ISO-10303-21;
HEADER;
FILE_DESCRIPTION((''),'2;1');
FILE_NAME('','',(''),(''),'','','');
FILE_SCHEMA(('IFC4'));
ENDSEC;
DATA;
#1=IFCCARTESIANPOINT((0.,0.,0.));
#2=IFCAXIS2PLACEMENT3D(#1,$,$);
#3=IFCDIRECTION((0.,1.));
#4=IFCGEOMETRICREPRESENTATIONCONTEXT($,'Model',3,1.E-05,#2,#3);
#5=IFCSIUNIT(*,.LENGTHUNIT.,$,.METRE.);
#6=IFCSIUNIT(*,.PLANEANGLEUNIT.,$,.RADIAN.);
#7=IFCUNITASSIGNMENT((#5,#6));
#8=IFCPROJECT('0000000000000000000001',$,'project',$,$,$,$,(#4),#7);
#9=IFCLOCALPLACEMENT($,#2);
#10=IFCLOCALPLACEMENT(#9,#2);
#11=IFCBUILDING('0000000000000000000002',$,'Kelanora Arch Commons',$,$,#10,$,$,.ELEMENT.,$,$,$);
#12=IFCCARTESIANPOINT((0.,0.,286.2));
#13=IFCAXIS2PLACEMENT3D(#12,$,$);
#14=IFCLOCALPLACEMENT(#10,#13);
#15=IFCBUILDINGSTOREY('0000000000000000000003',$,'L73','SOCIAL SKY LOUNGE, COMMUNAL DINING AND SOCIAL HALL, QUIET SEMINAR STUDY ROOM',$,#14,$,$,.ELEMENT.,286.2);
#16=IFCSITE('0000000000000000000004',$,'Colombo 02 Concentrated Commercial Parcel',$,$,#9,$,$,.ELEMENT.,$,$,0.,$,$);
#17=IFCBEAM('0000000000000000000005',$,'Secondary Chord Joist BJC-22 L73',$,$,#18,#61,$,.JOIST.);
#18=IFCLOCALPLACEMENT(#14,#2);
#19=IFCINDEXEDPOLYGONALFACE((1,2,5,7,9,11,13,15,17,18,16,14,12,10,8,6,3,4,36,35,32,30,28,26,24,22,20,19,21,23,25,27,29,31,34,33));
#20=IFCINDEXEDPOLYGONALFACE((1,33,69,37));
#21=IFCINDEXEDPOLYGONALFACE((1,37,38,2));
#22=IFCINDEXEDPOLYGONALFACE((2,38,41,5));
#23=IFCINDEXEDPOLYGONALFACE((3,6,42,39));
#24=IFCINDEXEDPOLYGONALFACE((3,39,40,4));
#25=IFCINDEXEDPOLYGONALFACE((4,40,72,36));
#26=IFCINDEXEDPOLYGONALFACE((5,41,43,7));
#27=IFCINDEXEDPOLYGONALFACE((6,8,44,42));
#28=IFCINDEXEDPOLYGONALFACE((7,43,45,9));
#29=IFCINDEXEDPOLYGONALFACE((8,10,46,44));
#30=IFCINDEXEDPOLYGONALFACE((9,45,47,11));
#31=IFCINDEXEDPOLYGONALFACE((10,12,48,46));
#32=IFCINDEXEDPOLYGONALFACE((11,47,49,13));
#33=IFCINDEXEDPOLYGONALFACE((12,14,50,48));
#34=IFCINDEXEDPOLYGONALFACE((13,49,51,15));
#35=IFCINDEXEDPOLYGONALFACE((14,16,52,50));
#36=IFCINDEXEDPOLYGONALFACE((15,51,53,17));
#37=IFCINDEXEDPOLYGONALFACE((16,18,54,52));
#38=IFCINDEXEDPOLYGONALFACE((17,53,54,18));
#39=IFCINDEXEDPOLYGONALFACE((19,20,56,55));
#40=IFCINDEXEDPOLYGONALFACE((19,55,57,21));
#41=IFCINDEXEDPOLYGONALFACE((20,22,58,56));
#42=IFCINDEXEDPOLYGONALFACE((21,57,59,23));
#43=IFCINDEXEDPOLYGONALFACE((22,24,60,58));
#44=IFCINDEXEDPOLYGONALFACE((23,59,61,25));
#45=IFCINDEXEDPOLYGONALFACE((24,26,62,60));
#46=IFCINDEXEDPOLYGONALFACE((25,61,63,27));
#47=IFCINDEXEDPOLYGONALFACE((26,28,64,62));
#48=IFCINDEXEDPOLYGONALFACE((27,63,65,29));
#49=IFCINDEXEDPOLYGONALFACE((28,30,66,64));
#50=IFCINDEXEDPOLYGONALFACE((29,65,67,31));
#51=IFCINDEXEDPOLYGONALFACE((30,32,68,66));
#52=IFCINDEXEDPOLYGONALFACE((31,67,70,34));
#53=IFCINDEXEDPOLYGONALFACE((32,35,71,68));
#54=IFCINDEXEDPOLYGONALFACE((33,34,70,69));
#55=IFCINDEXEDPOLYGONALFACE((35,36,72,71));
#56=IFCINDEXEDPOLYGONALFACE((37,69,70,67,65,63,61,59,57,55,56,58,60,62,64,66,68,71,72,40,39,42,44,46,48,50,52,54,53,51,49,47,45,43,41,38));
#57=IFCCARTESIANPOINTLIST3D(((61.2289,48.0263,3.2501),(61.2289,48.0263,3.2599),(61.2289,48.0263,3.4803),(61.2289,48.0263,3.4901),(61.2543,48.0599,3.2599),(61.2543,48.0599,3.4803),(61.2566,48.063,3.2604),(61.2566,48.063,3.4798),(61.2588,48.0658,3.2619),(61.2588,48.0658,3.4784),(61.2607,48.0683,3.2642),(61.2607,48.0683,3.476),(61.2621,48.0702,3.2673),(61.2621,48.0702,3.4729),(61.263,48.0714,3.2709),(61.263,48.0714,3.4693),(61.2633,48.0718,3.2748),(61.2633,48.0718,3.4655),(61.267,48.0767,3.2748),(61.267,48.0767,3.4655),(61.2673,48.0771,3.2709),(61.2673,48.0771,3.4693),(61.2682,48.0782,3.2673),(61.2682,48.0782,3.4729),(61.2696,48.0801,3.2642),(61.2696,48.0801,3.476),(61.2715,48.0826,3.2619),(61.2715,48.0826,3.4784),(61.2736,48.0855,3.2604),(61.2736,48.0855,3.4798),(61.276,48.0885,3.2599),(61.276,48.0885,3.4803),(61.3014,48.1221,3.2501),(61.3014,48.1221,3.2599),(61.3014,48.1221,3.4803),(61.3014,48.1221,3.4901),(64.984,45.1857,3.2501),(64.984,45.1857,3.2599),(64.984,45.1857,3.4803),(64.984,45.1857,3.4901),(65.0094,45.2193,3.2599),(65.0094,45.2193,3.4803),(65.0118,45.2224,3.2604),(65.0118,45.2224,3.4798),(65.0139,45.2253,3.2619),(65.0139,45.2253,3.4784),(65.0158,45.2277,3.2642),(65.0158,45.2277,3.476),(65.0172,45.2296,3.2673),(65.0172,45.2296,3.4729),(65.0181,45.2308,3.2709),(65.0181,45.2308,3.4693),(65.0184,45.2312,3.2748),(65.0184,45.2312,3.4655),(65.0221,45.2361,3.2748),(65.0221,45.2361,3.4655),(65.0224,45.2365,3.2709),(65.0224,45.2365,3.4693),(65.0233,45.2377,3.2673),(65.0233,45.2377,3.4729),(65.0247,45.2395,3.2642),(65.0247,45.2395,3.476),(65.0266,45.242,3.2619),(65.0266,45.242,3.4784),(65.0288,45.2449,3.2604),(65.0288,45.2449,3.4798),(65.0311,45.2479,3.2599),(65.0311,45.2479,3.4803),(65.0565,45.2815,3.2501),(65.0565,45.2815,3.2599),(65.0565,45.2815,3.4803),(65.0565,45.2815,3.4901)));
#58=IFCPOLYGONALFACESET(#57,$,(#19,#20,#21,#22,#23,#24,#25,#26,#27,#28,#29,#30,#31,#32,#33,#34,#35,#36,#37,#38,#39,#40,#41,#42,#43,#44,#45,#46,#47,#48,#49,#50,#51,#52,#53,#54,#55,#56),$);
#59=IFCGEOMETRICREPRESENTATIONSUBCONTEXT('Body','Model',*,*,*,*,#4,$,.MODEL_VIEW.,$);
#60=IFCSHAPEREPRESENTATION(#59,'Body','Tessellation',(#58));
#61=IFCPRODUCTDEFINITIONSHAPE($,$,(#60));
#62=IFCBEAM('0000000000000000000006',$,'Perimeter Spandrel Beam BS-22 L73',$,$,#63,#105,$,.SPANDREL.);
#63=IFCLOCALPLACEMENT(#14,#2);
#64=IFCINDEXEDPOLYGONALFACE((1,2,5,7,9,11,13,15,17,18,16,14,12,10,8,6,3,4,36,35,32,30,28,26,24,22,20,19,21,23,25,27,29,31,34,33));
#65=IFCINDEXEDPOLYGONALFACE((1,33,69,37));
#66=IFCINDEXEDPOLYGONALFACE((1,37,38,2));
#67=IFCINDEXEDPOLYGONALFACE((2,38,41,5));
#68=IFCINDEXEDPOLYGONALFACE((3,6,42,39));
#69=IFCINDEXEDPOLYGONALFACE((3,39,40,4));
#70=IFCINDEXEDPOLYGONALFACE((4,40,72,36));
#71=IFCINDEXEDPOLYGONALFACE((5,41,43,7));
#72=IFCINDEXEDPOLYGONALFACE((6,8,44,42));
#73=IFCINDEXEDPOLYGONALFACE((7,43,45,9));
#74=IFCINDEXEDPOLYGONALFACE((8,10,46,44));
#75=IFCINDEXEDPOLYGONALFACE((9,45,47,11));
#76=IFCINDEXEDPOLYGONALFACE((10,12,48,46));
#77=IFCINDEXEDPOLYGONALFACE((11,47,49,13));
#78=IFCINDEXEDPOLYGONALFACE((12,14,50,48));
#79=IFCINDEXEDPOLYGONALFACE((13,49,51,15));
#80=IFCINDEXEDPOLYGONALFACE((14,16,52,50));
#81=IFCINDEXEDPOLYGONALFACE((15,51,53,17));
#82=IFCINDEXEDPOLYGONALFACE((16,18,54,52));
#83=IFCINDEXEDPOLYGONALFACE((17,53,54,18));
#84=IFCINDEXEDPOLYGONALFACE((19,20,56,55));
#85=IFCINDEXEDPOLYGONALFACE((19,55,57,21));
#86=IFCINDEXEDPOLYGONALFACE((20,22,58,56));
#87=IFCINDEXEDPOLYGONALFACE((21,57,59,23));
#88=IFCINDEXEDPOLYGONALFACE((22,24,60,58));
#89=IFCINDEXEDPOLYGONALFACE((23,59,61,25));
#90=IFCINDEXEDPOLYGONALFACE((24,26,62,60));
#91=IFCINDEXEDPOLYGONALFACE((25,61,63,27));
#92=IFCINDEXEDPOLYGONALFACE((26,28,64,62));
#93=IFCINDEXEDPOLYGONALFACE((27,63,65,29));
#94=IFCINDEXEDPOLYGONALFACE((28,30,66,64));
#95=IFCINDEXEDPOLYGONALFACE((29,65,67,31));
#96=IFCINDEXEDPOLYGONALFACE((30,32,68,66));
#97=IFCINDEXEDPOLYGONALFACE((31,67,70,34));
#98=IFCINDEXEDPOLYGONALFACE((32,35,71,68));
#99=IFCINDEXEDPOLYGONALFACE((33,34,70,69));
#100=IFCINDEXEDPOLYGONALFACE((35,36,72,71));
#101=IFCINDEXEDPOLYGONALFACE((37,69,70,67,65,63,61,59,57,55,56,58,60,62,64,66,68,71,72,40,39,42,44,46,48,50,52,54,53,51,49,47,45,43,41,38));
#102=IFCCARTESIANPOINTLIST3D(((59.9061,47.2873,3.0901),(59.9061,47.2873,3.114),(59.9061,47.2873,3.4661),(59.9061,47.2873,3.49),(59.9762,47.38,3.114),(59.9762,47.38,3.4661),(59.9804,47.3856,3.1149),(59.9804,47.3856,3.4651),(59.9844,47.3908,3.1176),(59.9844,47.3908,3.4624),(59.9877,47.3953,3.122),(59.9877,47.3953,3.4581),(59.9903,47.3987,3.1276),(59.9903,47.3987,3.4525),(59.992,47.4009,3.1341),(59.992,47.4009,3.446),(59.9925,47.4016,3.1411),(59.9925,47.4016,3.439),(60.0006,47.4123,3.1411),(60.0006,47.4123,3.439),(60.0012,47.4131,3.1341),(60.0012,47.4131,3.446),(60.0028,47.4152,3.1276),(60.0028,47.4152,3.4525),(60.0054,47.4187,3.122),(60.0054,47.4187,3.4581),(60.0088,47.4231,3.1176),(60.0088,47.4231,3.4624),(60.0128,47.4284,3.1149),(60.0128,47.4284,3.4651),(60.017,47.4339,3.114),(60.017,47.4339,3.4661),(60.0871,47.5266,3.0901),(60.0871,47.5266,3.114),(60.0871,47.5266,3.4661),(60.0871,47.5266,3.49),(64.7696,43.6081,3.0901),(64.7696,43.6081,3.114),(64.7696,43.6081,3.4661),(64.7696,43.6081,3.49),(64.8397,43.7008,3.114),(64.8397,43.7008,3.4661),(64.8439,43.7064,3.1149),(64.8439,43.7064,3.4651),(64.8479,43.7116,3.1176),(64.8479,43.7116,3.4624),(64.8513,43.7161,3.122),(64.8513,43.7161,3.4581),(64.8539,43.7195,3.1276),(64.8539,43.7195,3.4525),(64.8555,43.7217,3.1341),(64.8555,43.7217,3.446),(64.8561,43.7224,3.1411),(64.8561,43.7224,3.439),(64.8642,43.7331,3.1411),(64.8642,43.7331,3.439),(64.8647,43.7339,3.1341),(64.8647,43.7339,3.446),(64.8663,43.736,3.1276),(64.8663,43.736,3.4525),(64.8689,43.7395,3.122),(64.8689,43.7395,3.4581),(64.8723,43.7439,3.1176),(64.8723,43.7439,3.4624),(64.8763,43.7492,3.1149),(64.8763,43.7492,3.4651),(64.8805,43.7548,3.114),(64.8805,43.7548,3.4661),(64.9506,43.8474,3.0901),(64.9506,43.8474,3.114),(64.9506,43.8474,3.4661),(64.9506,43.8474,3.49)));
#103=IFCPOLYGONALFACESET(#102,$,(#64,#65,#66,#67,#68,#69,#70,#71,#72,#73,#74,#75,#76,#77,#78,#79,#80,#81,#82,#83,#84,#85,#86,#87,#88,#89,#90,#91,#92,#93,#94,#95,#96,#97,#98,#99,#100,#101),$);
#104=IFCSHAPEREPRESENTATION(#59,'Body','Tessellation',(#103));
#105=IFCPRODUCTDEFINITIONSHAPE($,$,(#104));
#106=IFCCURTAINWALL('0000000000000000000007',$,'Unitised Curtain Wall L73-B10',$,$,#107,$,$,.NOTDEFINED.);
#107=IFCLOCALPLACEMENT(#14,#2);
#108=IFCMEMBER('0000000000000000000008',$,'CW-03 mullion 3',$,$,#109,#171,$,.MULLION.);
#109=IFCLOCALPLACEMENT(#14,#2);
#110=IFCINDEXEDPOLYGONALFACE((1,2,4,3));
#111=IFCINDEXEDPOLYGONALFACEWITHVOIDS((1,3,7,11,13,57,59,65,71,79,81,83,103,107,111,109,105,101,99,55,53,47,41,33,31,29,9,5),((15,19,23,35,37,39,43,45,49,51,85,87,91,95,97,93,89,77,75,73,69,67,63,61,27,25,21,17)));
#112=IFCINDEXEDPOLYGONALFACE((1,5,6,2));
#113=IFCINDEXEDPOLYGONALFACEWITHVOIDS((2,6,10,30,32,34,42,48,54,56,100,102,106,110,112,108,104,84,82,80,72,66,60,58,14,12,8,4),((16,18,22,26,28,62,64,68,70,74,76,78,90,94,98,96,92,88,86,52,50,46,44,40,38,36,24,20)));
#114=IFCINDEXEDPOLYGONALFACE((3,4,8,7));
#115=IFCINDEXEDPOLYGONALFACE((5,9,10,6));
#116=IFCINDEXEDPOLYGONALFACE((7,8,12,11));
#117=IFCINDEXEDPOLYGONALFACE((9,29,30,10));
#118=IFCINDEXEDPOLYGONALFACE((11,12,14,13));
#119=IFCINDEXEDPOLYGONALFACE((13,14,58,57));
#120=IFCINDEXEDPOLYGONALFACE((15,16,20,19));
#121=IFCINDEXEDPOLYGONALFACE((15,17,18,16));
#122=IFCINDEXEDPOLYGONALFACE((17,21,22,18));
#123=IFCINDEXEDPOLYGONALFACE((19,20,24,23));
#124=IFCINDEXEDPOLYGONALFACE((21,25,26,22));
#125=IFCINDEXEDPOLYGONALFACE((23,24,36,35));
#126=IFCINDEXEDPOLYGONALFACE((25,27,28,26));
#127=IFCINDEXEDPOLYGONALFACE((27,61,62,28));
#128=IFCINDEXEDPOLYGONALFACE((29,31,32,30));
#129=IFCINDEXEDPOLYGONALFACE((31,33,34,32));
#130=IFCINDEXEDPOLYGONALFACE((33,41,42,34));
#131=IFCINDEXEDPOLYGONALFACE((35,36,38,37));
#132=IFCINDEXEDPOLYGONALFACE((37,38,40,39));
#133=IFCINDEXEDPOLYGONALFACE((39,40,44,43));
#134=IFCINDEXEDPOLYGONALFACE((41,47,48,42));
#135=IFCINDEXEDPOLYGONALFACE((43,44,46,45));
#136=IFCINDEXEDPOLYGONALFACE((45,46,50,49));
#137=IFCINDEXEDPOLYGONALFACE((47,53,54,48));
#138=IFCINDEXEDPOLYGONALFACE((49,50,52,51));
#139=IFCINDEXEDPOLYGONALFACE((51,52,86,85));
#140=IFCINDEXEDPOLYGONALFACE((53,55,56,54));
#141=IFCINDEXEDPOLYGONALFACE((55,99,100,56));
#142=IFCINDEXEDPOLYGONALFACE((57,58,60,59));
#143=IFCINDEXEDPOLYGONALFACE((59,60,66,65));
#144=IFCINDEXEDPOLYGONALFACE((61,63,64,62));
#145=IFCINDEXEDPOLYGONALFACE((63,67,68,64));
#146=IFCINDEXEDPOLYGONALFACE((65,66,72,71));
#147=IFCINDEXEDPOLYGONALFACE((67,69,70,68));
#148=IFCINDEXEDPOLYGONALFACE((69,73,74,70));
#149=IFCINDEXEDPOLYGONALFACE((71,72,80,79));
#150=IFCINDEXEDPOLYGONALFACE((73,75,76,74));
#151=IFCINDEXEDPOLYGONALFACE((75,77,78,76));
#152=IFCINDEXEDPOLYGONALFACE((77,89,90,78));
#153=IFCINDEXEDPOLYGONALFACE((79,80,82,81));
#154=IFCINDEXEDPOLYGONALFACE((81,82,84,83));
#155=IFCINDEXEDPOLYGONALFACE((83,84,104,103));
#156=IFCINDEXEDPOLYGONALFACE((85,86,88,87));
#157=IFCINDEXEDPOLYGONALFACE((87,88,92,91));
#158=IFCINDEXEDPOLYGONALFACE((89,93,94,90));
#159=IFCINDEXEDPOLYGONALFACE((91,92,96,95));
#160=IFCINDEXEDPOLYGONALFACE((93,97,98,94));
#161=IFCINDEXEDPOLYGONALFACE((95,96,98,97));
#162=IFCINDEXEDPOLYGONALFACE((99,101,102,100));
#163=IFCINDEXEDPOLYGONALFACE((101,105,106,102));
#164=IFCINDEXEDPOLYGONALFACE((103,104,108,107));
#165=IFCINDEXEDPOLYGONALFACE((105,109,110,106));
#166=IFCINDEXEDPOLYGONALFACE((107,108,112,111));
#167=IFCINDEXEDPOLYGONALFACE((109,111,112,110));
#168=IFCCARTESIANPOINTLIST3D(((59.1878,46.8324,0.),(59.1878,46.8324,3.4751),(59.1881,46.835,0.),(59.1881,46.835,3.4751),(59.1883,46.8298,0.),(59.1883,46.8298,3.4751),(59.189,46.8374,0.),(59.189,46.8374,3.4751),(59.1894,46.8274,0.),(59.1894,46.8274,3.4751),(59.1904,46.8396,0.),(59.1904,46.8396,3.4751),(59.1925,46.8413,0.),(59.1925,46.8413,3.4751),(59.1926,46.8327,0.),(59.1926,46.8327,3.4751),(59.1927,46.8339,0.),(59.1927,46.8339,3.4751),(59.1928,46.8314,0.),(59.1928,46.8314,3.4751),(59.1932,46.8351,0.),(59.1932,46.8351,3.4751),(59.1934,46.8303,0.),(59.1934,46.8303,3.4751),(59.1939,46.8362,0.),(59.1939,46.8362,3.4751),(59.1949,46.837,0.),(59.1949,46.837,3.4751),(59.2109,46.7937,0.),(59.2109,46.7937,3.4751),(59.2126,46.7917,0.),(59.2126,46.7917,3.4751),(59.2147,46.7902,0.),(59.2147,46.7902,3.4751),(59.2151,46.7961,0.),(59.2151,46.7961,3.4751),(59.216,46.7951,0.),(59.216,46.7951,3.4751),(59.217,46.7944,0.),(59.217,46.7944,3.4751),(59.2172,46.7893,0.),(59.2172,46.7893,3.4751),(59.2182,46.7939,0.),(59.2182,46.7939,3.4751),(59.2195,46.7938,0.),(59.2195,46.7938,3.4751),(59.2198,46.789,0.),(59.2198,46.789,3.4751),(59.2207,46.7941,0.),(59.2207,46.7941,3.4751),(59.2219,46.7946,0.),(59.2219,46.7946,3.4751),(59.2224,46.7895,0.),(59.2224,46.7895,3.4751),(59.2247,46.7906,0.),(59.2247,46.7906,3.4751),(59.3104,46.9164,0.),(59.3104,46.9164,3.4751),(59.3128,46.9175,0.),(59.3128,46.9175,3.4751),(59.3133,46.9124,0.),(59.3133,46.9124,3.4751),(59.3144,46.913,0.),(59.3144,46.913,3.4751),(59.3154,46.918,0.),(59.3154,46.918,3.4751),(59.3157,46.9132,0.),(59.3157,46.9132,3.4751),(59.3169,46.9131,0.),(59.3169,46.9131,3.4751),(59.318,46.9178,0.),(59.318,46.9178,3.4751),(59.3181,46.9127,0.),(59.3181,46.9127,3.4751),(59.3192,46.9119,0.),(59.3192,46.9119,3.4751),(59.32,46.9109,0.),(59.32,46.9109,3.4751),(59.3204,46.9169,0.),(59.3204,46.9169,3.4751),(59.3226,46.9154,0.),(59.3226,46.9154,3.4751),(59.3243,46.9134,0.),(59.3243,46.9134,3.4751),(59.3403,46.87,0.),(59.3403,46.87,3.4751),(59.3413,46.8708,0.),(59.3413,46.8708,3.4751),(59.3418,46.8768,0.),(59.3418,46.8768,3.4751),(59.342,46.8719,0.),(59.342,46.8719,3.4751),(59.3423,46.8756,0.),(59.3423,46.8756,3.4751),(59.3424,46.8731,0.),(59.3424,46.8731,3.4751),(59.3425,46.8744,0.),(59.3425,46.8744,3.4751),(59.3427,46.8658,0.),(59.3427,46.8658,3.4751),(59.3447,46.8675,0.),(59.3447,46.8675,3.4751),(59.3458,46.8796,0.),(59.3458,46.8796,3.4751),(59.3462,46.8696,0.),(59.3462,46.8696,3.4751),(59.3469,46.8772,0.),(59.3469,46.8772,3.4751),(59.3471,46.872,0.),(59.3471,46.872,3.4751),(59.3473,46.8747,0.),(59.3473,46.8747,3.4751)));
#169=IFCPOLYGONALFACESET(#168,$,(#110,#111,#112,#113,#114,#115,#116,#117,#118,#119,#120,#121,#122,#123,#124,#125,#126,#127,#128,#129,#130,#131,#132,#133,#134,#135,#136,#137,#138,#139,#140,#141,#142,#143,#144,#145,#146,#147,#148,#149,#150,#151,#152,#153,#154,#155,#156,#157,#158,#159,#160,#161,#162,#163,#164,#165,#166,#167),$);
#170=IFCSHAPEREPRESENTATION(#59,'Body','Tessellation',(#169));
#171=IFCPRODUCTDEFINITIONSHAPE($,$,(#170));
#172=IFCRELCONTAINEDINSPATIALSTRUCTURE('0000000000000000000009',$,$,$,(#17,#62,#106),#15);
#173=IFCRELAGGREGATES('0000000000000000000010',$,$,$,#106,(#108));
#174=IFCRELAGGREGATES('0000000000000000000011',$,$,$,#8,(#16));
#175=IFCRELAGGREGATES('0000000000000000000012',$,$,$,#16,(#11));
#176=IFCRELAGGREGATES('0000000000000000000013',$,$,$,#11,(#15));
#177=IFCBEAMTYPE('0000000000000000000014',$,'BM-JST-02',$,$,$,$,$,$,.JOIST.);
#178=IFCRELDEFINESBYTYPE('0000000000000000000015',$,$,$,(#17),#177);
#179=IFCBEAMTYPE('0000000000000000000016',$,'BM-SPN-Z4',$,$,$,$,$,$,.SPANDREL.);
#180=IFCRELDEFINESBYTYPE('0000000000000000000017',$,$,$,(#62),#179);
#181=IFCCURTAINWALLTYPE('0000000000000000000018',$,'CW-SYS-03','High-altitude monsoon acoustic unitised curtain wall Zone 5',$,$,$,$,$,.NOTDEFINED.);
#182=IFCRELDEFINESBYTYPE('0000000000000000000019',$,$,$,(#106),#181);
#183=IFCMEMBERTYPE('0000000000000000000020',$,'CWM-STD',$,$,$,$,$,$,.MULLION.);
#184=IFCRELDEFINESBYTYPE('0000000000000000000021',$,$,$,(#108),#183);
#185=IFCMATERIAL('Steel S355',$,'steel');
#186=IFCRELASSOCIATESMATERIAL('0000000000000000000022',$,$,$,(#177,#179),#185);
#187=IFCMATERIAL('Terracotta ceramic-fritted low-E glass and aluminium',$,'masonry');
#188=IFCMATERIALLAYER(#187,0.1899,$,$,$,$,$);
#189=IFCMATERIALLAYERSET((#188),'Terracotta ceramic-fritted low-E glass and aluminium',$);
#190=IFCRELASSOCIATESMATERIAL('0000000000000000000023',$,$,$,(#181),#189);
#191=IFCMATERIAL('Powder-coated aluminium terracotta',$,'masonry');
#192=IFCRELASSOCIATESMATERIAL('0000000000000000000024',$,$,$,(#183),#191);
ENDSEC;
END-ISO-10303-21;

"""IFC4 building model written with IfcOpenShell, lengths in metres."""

from ifc_helpers import new_model, si_unit, direction, frame, origin, origin_2d, place, context, subcontext, project, spatial, hollow_rectangle, i_section, extrude, material, layer, layer_set, material_profile, profile_set, type_object, element, aggregate, save


model = new_model("IFC4")

# Units and contexts
model_context = context("Model", 3, precision=1e-05, world=origin(), true_north=direction((0.0, 1.0)))
body_context = subcontext(model_context, "Body", "Model", "MODEL_VIEW")
ifc_project = project(units=[si_unit("LENGTHUNIT", "METRE"), si_unit("PLANEANGLEUNIT", "RADIAN")], contexts=[model_context])

# Site, building, storey
site_placement = place(None, origin())
site = spatial("IfcSite", under=ifc_project, at=site_placement, Name="Colombo 02 Concentrated Commercial Parcel", CompositionType="ELEMENT", RefElevation=0.0)
building_placement = place(site_placement, origin())
building = spatial("IfcBuilding", under=site, at=building_placement, Name="Kelanora Arch Commons", CompositionType="ELEMENT")
storey_placement = place(building_placement, frame((0.0, 0.0, 286.2)))
storey = spatial("IfcBuildingStorey", under=building, at=storey_placement, Name="L73", Description="SOCIAL SKY LOUNGE, COMMUNAL DINING AND SOCIAL HALL, QUIET SEMINAR STUDY ROOM", CompositionType="ELEMENT", Elevation=286.2)

# Beams
ifc_material_1 = material(Name="Steel S355", Category="steel")
ifc_material_profile_1 = material_profile(ifc_material_1, i_section(OverallWidth=0.1201, OverallDepth=0.24, WebThickness=0.0061, FlangeThickness=0.0098, FilletRadius=0.0149, at=origin_2d()), Name="IPE240")
ifc_profile_set_1 = profile_set([ifc_material_profile_1], Name="Steel S355")
beam_type_1 = type_object("IfcBeamType", Name="BM-JST-02", PredefinedType="JOIST", material=ifc_profile_set_1)
beam_1_placement = place(storey_placement, frame((61.2651, 48.0742, 3.3701), z_axis=(0.797523, -0.603289, 0.0), x_axis=(0.603289, 0.797523, 0.0)))
element("IfcBeam", 1, at=beam_1_placement, inside=storey, type_object=beam_type_1, Name="Secondary Chord Joist BJC-22 L73", PredefinedType="JOIST", context=body_context, shape_type="SweptSolid", body=[
    extrude(i_section(OverallWidth=0.1201, OverallDepth=0.24, WebThickness=0.0061, FlangeThickness=0.0098, FilletRadius=0.0149, at=origin_2d()), origin(), (0.0, 0.0, 1.0), 4.7085),
])
ifc_material_profile_2 = material_profile(ifc_material_1, i_section(OverallWidth=0.3, OverallDepth=0.3999, WebThickness=0.0134, FlangeThickness=0.0239, FilletRadius=0.0271, at=origin_2d()), Name="HEB400")
ifc_profile_set_2 = profile_set([ifc_material_profile_2], Name="Steel S355")
beam_type_2 = type_object("IfcBeamType", Name="BM-SPN-Z4", PredefinedType="SPANDREL", material=ifc_profile_set_2)
beam_2_placement = place(storey_placement, frame((59.9966, 47.407, 3.29), z_axis=(0.797509, -0.603306, 0.0), x_axis=(0.603306, 0.797509, 0.0)))
element("IfcBeam", 2, at=beam_2_placement, inside=storey, type_object=beam_type_2, Name="Perimeter Spandrel Beam BS-22 L73", PredefinedType="SPANDREL", context=body_context, shape_type="SweptSolid", body=[
    extrude(i_section(OverallWidth=0.3, OverallDepth=0.3999, WebThickness=0.0134, FlangeThickness=0.0239, FilletRadius=0.0271, at=origin_2d()), origin(), (0.0, 0.0, 1.0), 6.0984),
])

# Curtain wall, member
ifc_material_2 = material(Name="Terracotta ceramic-fritted low-E glass and aluminium", Category="masonry")
ifc_layer_1 = layer(ifc_material_2, 0.1899)
ifc_layer_set_1 = layer_set([ifc_layer_1], Name="Terracotta ceramic-fritted low-E glass and aluminium")
curtain_wall_type = type_object("IfcCurtainWallType", Name="CW-SYS-03", Description="High-altitude monsoon acoustic unitised curtain wall Zone 5", PredefinedType="NOTDEFINED", material=ifc_layer_set_1)
curtain_wall_placement = place(storey_placement, origin())
curtain_wall = element("IfcCurtainWall", 3, at=curtain_wall_placement, inside=storey, type_object=curtain_wall_type, Name="Unitised Curtain Wall L73-B10", PredefinedType="NOTDEFINED")
ifc_material_3 = material(Name="Powder-coated aluminium terracotta", Category="masonry")
ifc_material_profile_3 = material_profile(ifc_material_3, hollow_rectangle(XDim=0.1599, YDim=0.0601, WallThickness=0.0049, InnerFilletRadius=0.0049, OuterFilletRadius=0.01, at=origin_2d()), Name="CWM160x60")
ifc_profile_set_3 = profile_set([ifc_material_profile_3], Name="Powder-coated aluminium terracotta")
member_type_1 = type_object("IfcMemberType", Name="CWM-STD", PredefinedType="MULLION", material=ifc_profile_set_3)
member_1_placement = place(storey_placement, frame((59.2676, 46.8535, 0.0), z_axis=(0.0, 0.0, 1.0), x_axis=(0.843391, 0.5373, 0.0)))
member_1 = element("IfcMember", 4, at=member_1_placement, type_object=member_type_1, Name="CW-03 mullion 3", PredefinedType="MULLION", context=body_context, shape_type="SweptSolid", body=[
    extrude(hollow_rectangle(XDim=0.1599, YDim=0.0601, WallThickness=0.0049, InnerFilletRadius=0.0049, OuterFilletRadius=0.01, at=origin_2d()), origin(), (0.0, 0.0, 1.0), 3.4751),
])
aggregate(curtain_wall, [member_1])

save(model, "model.ifc")
